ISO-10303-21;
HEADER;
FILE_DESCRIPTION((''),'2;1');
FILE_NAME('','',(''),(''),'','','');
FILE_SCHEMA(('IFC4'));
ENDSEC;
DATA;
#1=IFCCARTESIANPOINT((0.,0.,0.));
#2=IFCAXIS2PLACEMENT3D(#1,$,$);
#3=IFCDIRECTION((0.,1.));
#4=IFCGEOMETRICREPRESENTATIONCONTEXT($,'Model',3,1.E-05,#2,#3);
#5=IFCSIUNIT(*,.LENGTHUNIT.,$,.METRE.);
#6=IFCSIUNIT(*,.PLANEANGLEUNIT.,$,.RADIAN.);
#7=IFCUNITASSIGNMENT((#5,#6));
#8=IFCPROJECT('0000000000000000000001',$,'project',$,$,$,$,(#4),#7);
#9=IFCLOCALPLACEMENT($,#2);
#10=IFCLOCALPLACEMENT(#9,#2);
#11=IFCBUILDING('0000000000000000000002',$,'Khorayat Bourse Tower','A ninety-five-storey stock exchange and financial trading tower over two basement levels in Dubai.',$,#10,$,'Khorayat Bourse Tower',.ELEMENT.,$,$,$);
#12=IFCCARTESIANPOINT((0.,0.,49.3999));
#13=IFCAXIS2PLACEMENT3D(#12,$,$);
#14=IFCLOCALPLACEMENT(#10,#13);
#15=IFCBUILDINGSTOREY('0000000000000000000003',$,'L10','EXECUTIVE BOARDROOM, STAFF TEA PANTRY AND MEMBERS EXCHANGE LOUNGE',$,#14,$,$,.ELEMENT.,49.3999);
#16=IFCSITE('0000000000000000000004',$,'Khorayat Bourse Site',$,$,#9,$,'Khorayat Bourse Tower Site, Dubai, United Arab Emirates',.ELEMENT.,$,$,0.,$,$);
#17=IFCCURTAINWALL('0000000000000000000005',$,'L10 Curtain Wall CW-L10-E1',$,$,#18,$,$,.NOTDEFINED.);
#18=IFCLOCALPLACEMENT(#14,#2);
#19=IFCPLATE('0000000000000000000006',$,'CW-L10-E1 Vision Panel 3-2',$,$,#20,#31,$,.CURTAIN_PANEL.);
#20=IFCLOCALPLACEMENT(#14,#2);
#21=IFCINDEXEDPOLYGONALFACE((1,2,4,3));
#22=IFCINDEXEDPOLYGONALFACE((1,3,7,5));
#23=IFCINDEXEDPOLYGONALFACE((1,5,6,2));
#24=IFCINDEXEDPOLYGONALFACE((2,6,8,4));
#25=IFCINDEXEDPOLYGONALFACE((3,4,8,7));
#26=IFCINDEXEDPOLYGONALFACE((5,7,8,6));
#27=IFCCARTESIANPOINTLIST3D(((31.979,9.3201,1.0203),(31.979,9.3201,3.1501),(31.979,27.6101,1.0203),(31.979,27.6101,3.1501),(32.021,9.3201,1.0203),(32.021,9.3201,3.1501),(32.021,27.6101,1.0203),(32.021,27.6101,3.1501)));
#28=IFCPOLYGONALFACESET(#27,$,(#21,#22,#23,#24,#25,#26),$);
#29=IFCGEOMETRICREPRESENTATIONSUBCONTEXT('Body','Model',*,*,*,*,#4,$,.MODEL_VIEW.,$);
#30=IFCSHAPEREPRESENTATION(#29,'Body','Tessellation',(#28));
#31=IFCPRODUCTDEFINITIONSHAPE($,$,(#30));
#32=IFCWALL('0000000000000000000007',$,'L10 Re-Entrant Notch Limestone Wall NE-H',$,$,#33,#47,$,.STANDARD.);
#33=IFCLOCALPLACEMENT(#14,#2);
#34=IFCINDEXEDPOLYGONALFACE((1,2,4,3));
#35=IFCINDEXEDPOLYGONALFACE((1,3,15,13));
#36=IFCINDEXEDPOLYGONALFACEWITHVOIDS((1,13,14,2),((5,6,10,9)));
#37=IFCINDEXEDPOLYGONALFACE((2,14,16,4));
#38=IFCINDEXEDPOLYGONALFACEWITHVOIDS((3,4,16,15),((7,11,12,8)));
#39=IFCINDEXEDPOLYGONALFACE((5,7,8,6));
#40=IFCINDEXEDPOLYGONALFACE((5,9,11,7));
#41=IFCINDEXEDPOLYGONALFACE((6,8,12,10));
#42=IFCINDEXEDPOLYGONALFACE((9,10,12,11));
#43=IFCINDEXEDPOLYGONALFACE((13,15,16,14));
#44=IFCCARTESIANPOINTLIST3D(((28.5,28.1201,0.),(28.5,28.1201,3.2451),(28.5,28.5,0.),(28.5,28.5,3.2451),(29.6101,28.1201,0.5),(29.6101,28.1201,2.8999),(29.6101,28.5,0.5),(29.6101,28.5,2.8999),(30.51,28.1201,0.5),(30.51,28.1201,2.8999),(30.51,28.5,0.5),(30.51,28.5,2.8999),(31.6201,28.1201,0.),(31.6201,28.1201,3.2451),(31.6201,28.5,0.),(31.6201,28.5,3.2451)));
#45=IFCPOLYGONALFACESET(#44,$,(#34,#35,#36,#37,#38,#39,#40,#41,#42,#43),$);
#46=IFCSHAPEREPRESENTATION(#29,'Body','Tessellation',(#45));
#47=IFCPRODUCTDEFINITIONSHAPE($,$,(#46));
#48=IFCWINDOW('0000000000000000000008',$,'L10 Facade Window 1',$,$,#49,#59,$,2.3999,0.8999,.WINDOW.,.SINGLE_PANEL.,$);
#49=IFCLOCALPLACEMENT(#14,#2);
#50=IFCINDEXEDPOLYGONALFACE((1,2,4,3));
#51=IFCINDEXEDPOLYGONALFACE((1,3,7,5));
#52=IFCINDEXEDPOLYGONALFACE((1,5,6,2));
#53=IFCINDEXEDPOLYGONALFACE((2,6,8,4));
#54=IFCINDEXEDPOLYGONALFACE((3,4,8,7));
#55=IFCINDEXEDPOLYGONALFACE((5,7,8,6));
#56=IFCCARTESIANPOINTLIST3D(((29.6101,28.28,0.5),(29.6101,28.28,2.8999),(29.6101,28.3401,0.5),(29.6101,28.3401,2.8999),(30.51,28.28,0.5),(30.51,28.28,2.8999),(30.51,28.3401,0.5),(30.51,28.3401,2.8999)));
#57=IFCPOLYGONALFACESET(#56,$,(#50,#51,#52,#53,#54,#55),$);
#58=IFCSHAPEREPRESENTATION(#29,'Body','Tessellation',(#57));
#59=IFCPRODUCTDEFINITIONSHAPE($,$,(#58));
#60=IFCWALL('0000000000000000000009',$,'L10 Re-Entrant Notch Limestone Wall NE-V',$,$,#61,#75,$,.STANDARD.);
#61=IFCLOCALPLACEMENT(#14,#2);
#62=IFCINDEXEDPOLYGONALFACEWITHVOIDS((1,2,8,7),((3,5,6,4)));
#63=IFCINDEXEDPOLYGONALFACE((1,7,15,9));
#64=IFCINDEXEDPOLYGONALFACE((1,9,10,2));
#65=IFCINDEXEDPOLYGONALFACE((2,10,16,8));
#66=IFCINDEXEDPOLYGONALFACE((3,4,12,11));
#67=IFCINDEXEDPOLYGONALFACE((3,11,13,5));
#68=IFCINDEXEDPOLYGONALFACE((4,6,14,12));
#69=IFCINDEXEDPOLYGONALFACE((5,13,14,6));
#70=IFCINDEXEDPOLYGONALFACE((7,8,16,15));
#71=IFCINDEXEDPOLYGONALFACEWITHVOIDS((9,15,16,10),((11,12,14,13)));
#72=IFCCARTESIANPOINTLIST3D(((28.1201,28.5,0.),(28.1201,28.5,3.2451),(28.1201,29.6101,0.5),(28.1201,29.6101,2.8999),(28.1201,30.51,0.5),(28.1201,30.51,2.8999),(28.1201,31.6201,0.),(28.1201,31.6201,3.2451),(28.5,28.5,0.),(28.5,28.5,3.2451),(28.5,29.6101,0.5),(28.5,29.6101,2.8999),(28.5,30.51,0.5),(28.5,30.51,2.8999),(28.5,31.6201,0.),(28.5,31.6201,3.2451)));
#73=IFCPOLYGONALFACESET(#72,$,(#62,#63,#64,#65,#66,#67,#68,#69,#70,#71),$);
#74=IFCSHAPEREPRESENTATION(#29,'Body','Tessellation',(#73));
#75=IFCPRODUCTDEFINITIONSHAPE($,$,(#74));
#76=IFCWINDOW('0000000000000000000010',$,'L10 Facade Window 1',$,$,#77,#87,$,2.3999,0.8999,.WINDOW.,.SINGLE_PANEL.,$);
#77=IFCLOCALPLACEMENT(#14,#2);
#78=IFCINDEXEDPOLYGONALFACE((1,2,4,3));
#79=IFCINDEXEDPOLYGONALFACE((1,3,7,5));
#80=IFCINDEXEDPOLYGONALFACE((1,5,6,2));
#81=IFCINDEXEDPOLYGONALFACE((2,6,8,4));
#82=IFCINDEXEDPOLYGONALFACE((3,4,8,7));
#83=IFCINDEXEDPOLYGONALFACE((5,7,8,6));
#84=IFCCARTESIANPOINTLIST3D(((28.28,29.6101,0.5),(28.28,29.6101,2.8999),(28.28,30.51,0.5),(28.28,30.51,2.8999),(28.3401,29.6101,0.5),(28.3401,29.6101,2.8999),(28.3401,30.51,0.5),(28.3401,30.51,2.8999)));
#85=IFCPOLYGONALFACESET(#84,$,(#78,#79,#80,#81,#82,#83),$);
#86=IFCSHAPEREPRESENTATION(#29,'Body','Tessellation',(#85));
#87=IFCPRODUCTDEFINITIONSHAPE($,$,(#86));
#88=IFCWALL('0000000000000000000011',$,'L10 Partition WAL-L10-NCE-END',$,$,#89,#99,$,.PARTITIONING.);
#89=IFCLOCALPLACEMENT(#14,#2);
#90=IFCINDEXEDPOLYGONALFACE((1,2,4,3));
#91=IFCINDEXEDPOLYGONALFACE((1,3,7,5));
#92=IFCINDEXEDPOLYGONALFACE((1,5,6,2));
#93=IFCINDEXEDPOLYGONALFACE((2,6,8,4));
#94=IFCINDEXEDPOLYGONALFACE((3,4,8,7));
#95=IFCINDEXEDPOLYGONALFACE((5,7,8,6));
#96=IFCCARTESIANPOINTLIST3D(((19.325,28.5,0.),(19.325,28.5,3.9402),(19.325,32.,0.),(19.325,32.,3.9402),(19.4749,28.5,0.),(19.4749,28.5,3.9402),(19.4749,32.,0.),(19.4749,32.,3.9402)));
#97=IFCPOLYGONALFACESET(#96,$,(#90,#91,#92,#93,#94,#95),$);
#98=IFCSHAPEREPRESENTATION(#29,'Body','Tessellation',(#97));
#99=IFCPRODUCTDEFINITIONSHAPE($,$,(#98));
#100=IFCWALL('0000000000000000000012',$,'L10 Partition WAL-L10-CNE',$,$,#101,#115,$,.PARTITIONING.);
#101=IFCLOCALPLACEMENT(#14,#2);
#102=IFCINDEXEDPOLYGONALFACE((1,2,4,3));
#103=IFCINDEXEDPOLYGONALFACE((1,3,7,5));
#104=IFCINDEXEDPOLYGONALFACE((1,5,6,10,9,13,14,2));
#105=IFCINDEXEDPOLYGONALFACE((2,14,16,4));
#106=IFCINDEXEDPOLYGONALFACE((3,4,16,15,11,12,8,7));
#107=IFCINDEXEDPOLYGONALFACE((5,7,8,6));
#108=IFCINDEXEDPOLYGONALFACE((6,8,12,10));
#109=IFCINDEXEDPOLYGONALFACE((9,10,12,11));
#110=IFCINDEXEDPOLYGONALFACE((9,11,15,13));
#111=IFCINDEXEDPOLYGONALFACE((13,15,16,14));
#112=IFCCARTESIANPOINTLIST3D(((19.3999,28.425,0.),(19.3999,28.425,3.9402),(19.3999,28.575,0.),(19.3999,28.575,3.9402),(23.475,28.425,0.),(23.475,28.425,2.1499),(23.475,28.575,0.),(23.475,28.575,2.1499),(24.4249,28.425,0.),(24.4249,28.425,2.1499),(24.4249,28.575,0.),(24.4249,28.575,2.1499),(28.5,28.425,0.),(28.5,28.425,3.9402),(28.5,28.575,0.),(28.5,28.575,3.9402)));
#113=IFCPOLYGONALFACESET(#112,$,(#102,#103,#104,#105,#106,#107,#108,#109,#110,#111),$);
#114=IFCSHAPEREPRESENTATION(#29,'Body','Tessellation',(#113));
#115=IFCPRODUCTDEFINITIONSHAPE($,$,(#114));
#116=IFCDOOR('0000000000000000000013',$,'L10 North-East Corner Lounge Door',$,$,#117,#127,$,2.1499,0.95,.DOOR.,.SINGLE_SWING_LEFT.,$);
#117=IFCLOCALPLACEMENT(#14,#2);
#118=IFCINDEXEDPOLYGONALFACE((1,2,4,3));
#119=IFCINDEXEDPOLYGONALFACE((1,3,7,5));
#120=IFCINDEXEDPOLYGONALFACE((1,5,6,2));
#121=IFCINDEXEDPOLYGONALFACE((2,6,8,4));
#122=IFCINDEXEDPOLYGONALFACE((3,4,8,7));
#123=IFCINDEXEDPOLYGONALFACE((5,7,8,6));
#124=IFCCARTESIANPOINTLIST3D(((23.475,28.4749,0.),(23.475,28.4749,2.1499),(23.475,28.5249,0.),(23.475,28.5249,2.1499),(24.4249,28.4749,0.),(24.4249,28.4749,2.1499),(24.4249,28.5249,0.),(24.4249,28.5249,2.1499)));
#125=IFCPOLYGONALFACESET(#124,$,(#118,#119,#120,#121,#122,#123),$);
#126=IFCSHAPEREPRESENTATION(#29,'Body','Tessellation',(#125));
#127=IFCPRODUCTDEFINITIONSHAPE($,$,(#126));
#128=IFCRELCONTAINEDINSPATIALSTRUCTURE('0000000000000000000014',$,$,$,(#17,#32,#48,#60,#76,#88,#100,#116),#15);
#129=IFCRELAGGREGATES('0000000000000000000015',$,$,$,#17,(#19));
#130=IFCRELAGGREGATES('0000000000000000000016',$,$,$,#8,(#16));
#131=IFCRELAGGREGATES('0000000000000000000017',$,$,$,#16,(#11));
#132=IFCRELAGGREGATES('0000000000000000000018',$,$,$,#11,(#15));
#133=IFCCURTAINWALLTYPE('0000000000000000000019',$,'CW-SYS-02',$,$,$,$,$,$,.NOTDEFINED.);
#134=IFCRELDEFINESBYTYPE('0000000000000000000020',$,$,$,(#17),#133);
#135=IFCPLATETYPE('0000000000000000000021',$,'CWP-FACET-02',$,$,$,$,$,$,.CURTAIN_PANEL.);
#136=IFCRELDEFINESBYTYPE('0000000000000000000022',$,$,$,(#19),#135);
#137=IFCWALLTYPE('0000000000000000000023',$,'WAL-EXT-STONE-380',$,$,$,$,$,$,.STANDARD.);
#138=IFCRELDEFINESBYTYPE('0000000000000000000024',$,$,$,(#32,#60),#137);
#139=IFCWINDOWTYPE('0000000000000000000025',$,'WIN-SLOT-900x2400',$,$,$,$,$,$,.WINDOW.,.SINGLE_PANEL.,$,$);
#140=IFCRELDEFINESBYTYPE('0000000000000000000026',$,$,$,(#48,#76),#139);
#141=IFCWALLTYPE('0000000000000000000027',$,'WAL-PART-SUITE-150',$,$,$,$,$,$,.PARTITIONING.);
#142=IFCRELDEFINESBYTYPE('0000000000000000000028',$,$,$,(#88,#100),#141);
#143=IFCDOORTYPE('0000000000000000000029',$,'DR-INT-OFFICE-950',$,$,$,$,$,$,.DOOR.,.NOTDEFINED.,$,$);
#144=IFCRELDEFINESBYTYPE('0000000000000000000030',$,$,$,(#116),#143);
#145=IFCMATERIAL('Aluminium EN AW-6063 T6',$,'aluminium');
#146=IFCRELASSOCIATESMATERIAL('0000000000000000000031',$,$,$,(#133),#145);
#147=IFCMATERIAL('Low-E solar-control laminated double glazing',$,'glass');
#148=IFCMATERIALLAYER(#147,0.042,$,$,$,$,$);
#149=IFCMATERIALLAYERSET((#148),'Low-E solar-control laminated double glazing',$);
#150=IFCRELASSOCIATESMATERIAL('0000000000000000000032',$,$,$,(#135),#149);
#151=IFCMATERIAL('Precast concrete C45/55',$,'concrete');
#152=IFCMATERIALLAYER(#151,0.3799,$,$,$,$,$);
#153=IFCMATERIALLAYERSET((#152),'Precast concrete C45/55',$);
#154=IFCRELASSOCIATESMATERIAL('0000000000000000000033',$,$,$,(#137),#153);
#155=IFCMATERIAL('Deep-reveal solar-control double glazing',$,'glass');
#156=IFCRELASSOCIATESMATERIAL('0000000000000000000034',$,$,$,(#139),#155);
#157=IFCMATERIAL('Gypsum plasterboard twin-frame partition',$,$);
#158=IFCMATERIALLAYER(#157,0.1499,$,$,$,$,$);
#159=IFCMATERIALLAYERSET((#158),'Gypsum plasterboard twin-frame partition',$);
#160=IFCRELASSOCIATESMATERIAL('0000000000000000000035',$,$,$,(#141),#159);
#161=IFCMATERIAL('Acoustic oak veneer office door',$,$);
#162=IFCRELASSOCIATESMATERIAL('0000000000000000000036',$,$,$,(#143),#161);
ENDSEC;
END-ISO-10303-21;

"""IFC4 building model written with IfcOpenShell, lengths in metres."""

from ifc_helpers import new_model, si_unit, direction, frame, frame_2d, origin, origin_2d, place, context, subcontext, project, spatial, rectangle, extrude, source, transform, mapped, material, layer, layer_set, type_object, element, fill, aggregate, save


model = new_model("IFC4")

# Units and contexts
model_context = context("Model", 3, precision=1e-05, world=origin(), true_north=direction((0.0, 1.0)))
body_context = subcontext(model_context, "Body", "Model", "MODEL_VIEW")
ifc_project = project(units=[si_unit("LENGTHUNIT", "METRE"), si_unit("PLANEANGLEUNIT", "RADIAN")], contexts=[model_context])

# Site, building, storey
site_placement = place(None, origin())
site = spatial("IfcSite", under=ifc_project, at=site_placement, Name="Khorayat Bourse Site", LongName="Khorayat Bourse Tower Site, Dubai, United Arab Emirates", CompositionType="ELEMENT", RefElevation=0.0)
building_placement = place(site_placement, origin())
building = spatial("IfcBuilding", under=site, at=building_placement, Name="Khorayat Bourse Tower", Description="A ninety-five-storey stock exchange and financial trading tower over two basement levels in Dubai.", LongName="Khorayat Bourse Tower", CompositionType="ELEMENT")
storey_placement = place(building_placement, frame((0.0, 0.0, 49.3999)))
storey = spatial("IfcBuildingStorey", under=building, at=storey_placement, Name="L10", Description="EXECUTIVE BOARDROOM, STAFF TEA PANTRY AND MEMBERS EXCHANGE LOUNGE", CompositionType="ELEMENT", Elevation=49.3999)

# Curtain wall
ifc_material_1 = material(Name="Aluminium EN AW-6063 T6", Category="aluminium")
curtain_wall_type = type_object("IfcCurtainWallType", Name="CW-SYS-02", PredefinedType="NOTDEFINED", material=ifc_material_1)
curtain_wall_1_placement = place(storey_placement, origin())
curtain_wall_1 = element("IfcCurtainWall", 1, at=curtain_wall_1_placement, inside=storey, type_object=curtain_wall_type, Name="L10 Curtain Wall CW-L10-E1", PredefinedType="NOTDEFINED")

# Plate
ifc_material_2 = material(Name="Low-E solar-control laminated double glazing", Category="glass")
ifc_layer_1 = layer(ifc_material_2, 0.042)
ifc_layer_set_1 = layer_set([ifc_layer_1], Name="Low-E solar-control laminated double glazing")
plate_type_1 = type_object("IfcPlateType", Name="CWP-FACET-02", PredefinedType="CURTAIN_PANEL", material=ifc_layer_set_1)
shared_shape_1 = source(origin(), body_context, "Body", "SweptSolid", [
    extrude(rectangle(XDim=18.29, YDim=0.042, at=origin_2d()), origin(), (0.0, 0.0, 1.0), 2.1299),
])
plate_1_placement = place(storey_placement, frame((32.0, 18.4651, 1.0203), z_axis=(0.0, 0.0, 1.0), x_axis=(0.0, 1.0, 0.0)))
plate_1 = element("IfcPlate", 2, at=plate_1_placement, type_object=plate_type_1, Name="CW-L10-E1 Vision Panel 3-2", PredefinedType="CURTAIN_PANEL", context=body_context, shape_type="MappedRepresentation", body=[
    mapped(shared_shape_1, transform((0.0, 0.0, 0.0), scale=1.0)),
])
aggregate(curtain_wall_1, [plate_1])

# Walls, openings, windows
ifc_material_3 = material(Name="Precast concrete C45/55", Category="concrete")
ifc_layer_2 = layer(ifc_material_3, 0.3799)
ifc_layer_set_2 = layer_set([ifc_layer_2], Name="Precast concrete C45/55")
wall_type_1 = type_object("IfcWallType", Name="WAL-EXT-STONE-380", PredefinedType="STANDARD", material=ifc_layer_set_2)
shared_shape_2 = source(origin(), body_context, "Body", "SweptSolid", [
    extrude(rectangle(XDim=3.1201, YDim=0.3799, at=frame_2d((1.5601, 0.0))), origin(), (0.0, 0.0, 1.0), 3.2451),
])
wall_1_placement = place(storey_placement, frame((28.5, 28.3101, 0.0), z_axis=(0.0, 0.0, 1.0), x_axis=(1.0, 0.0, 0.0)))
wall_1 = element("IfcWall", 3, at=wall_1_placement, inside=storey, type_object=wall_type_1, Name="L10 Re-Entrant Notch Limestone Wall NE-H", PredefinedType="STANDARD", context=body_context, shape_type="MappedRepresentation", body=[
    mapped(shared_shape_2, transform((0.0, 0.0, 0.0), scale=1.0)),
])
shared_shape_3 = source(origin(), body_context, "Body", "SweptSolid", [
    extrude(rectangle(XDim=0.8999, YDim=2.3999, at=frame_2d((0.45, 1.2))), frame((0.0, 0.2, 0.0), z_axis=(0.0, -1.0, 0.0), x_axis=(1.0, 0.0, 0.0)), (0.0, 0.0, 1.0), 0.3999),
])
opening_1_placement = place(wall_1_placement, frame((1.1101, 0.0, 0.5)))
opening_1 = element("IfcOpeningElement", 4, at=opening_1_placement, cuts=wall_1, PredefinedType="OPENING", context=body_context, shape_type="MappedRepresentation", body=[
    mapped(shared_shape_3, transform((0.0, 0.0, 0.0), scale=1.0)),
])
ifc_material_4 = material(Name="Deep-reveal solar-control double glazing", Category="glass")
window_type = type_object("IfcWindowType", Name="WIN-SLOT-900x2400", PartitioningType="SINGLE_PANEL", PredefinedType="WINDOW", material=ifc_material_4)
shared_shape_4 = source(origin(), body_context, "Body", "SweptSolid", [
    extrude(rectangle(XDim=0.8999, YDim=2.3999, at=frame_2d((0.45, 1.2))), frame((0.0, 0.03, 0.0), z_axis=(0.0, -1.0, 0.0), x_axis=(1.0, 0.0, 0.0)), (0.0, 0.0, 1.0), 0.0601),
])
window_1_placement = place(opening_1_placement, origin())
window_1 = element("IfcWindow", 5, at=window_1_placement, inside=storey, type_object=window_type, Name="L10 Facade Window 1", OverallHeight=2.3999, OverallWidth=0.8999, PartitioningType="SINGLE_PANEL", PredefinedType="WINDOW", context=body_context, shape_type="MappedRepresentation", body=[
    mapped(shared_shape_4, transform((0.0, 0.0, 0.0), scale=1.0)),
])
fill(opening_1, window_1)
wall_2_placement = place(storey_placement, frame((28.3101, 28.5, 0.0), z_axis=(0.0, 0.0, 1.0), x_axis=(0.0, 1.0, 0.0)))
wall_2 = element("IfcWall", 6, at=wall_2_placement, inside=storey, type_object=wall_type_1, Name="L10 Re-Entrant Notch Limestone Wall NE-V", PredefinedType="STANDARD", context=body_context, shape_type="MappedRepresentation", body=[
    mapped(shared_shape_2, transform((0.0, 0.0, 0.0), scale=1.0)),
])
opening_2_placement = place(wall_2_placement, frame((1.1101, 0.0, 0.5)))
opening_2 = element("IfcOpeningElement", 7, at=opening_2_placement, cuts=wall_2, PredefinedType="OPENING", context=body_context, shape_type="MappedRepresentation", body=[
    mapped(shared_shape_3, transform((0.0, 0.0, 0.0), scale=1.0)),
])
window_2_placement = place(opening_2_placement, origin())
window_2 = element("IfcWindow", 8, at=window_2_placement, inside=storey, type_object=window_type, Name="L10 Facade Window 1", OverallHeight=2.3999, OverallWidth=0.8999, PartitioningType="SINGLE_PANEL", PredefinedType="WINDOW", context=body_context, shape_type="MappedRepresentation", body=[
    mapped(shared_shape_4, transform((0.0, 0.0, 0.0), scale=1.0)),
])
fill(opening_2, window_2)

# Wall
ifc_material_5 = material(Name="Gypsum plasterboard twin-frame partition")
ifc_layer_3 = layer(ifc_material_5, 0.1499)
ifc_layer_set_3 = layer_set([ifc_layer_3], Name="Gypsum plasterboard twin-frame partition")
wall_type_2 = type_object("IfcWallType", Name="WAL-PART-SUITE-150", PredefinedType="PARTITIONING", material=ifc_layer_set_3)
shared_shape_5 = source(origin(), body_context, "Body", "SweptSolid", [
    extrude(rectangle(XDim=3.5, YDim=0.1499, at=frame_2d((1.75, 0.0))), origin(), (0.0, 0.0, 1.0), 3.9402),
])
wall_3_placement = place(storey_placement, frame((19.3999, 28.5, 0.0), z_axis=(0.0, 0.0, 1.0), x_axis=(0.0, 1.0, 0.0)))
element("IfcWall", 9, at=wall_3_placement, inside=storey, type_object=wall_type_2, Name="L10 Partition WAL-L10-NCE-END", PredefinedType="PARTITIONING", context=body_context, shape_type="MappedRepresentation", body=[
    mapped(shared_shape_5, transform((0.0, 0.0, 0.0), scale=1.0)),
])

# Wall, opening, door
shared_shape_6 = source(origin(), body_context, "Body", "SweptSolid", [
    extrude(rectangle(XDim=9.1001, YDim=0.1499, at=frame_2d((4.55, 0.0))), origin(), (0.0, 0.0, 1.0), 3.9402),
])
wall_4_placement = place(storey_placement, frame((19.3999, 28.5, 0.0), z_axis=(0.0, 0.0, 1.0), x_axis=(1.0, 0.0, 0.0)))
wall_4 = element("IfcWall", 10, at=wall_4_placement, inside=storey, type_object=wall_type_2, Name="L10 Partition WAL-L10-CNE", PredefinedType="PARTITIONING", context=body_context, shape_type="MappedRepresentation", body=[
    mapped(shared_shape_6, transform((0.0, 0.0, 0.0), scale=1.0)),
])
shared_shape_7 = source(origin(), body_context, "Body", "SweptSolid", [
    extrude(rectangle(XDim=0.95, YDim=2.1499, at=frame_2d((0.4751, 1.075))), frame((0.0, 0.085, 0.0), z_axis=(0.0, -1.0, 0.0), x_axis=(1.0, 0.0, 0.0)), (0.0, 0.0, 1.0), 0.1699),
])
opening_3_placement = place(wall_4_placement, frame((4.075, 0.0, 0.0)))
opening_3 = element("IfcOpeningElement", 11, at=opening_3_placement, cuts=wall_4, PredefinedType="OPENING", context=body_context, shape_type="MappedRepresentation", body=[
    mapped(shared_shape_7, transform((0.0, 0.0, 0.0), scale=1.0)),
])
ifc_material_6 = material(Name="Acoustic oak veneer office door")
door_type = type_object("IfcDoorType", Name="DR-INT-OFFICE-950", OperationType="NOTDEFINED", PredefinedType="DOOR", material=ifc_material_6)
shared_shape_8 = source(origin(), body_context, "Body", "SweptSolid", [
    extrude(rectangle(XDim=0.95, YDim=2.1499, at=frame_2d((0.4751, 1.075))), frame((0.0, 0.0249, 0.0), z_axis=(0.0, -1.0, 0.0), x_axis=(1.0, 0.0, 0.0)), (0.0, 0.0, 1.0), 0.05),
])
door_placement = place(opening_3_placement, origin())
door = element("IfcDoor", 12, at=door_placement, inside=storey, type_object=door_type, Name="L10 North-East Corner Lounge Door", OperationType="SINGLE_SWING_LEFT", OverallHeight=2.1499, OverallWidth=0.95, PredefinedType="DOOR", context=body_context, shape_type="MappedRepresentation", body=[
    mapped(shared_shape_8, transform((0.0, 0.0, 0.0), scale=1.0)),
])
fill(opening_3, door)

save(model, "model.ifc")
